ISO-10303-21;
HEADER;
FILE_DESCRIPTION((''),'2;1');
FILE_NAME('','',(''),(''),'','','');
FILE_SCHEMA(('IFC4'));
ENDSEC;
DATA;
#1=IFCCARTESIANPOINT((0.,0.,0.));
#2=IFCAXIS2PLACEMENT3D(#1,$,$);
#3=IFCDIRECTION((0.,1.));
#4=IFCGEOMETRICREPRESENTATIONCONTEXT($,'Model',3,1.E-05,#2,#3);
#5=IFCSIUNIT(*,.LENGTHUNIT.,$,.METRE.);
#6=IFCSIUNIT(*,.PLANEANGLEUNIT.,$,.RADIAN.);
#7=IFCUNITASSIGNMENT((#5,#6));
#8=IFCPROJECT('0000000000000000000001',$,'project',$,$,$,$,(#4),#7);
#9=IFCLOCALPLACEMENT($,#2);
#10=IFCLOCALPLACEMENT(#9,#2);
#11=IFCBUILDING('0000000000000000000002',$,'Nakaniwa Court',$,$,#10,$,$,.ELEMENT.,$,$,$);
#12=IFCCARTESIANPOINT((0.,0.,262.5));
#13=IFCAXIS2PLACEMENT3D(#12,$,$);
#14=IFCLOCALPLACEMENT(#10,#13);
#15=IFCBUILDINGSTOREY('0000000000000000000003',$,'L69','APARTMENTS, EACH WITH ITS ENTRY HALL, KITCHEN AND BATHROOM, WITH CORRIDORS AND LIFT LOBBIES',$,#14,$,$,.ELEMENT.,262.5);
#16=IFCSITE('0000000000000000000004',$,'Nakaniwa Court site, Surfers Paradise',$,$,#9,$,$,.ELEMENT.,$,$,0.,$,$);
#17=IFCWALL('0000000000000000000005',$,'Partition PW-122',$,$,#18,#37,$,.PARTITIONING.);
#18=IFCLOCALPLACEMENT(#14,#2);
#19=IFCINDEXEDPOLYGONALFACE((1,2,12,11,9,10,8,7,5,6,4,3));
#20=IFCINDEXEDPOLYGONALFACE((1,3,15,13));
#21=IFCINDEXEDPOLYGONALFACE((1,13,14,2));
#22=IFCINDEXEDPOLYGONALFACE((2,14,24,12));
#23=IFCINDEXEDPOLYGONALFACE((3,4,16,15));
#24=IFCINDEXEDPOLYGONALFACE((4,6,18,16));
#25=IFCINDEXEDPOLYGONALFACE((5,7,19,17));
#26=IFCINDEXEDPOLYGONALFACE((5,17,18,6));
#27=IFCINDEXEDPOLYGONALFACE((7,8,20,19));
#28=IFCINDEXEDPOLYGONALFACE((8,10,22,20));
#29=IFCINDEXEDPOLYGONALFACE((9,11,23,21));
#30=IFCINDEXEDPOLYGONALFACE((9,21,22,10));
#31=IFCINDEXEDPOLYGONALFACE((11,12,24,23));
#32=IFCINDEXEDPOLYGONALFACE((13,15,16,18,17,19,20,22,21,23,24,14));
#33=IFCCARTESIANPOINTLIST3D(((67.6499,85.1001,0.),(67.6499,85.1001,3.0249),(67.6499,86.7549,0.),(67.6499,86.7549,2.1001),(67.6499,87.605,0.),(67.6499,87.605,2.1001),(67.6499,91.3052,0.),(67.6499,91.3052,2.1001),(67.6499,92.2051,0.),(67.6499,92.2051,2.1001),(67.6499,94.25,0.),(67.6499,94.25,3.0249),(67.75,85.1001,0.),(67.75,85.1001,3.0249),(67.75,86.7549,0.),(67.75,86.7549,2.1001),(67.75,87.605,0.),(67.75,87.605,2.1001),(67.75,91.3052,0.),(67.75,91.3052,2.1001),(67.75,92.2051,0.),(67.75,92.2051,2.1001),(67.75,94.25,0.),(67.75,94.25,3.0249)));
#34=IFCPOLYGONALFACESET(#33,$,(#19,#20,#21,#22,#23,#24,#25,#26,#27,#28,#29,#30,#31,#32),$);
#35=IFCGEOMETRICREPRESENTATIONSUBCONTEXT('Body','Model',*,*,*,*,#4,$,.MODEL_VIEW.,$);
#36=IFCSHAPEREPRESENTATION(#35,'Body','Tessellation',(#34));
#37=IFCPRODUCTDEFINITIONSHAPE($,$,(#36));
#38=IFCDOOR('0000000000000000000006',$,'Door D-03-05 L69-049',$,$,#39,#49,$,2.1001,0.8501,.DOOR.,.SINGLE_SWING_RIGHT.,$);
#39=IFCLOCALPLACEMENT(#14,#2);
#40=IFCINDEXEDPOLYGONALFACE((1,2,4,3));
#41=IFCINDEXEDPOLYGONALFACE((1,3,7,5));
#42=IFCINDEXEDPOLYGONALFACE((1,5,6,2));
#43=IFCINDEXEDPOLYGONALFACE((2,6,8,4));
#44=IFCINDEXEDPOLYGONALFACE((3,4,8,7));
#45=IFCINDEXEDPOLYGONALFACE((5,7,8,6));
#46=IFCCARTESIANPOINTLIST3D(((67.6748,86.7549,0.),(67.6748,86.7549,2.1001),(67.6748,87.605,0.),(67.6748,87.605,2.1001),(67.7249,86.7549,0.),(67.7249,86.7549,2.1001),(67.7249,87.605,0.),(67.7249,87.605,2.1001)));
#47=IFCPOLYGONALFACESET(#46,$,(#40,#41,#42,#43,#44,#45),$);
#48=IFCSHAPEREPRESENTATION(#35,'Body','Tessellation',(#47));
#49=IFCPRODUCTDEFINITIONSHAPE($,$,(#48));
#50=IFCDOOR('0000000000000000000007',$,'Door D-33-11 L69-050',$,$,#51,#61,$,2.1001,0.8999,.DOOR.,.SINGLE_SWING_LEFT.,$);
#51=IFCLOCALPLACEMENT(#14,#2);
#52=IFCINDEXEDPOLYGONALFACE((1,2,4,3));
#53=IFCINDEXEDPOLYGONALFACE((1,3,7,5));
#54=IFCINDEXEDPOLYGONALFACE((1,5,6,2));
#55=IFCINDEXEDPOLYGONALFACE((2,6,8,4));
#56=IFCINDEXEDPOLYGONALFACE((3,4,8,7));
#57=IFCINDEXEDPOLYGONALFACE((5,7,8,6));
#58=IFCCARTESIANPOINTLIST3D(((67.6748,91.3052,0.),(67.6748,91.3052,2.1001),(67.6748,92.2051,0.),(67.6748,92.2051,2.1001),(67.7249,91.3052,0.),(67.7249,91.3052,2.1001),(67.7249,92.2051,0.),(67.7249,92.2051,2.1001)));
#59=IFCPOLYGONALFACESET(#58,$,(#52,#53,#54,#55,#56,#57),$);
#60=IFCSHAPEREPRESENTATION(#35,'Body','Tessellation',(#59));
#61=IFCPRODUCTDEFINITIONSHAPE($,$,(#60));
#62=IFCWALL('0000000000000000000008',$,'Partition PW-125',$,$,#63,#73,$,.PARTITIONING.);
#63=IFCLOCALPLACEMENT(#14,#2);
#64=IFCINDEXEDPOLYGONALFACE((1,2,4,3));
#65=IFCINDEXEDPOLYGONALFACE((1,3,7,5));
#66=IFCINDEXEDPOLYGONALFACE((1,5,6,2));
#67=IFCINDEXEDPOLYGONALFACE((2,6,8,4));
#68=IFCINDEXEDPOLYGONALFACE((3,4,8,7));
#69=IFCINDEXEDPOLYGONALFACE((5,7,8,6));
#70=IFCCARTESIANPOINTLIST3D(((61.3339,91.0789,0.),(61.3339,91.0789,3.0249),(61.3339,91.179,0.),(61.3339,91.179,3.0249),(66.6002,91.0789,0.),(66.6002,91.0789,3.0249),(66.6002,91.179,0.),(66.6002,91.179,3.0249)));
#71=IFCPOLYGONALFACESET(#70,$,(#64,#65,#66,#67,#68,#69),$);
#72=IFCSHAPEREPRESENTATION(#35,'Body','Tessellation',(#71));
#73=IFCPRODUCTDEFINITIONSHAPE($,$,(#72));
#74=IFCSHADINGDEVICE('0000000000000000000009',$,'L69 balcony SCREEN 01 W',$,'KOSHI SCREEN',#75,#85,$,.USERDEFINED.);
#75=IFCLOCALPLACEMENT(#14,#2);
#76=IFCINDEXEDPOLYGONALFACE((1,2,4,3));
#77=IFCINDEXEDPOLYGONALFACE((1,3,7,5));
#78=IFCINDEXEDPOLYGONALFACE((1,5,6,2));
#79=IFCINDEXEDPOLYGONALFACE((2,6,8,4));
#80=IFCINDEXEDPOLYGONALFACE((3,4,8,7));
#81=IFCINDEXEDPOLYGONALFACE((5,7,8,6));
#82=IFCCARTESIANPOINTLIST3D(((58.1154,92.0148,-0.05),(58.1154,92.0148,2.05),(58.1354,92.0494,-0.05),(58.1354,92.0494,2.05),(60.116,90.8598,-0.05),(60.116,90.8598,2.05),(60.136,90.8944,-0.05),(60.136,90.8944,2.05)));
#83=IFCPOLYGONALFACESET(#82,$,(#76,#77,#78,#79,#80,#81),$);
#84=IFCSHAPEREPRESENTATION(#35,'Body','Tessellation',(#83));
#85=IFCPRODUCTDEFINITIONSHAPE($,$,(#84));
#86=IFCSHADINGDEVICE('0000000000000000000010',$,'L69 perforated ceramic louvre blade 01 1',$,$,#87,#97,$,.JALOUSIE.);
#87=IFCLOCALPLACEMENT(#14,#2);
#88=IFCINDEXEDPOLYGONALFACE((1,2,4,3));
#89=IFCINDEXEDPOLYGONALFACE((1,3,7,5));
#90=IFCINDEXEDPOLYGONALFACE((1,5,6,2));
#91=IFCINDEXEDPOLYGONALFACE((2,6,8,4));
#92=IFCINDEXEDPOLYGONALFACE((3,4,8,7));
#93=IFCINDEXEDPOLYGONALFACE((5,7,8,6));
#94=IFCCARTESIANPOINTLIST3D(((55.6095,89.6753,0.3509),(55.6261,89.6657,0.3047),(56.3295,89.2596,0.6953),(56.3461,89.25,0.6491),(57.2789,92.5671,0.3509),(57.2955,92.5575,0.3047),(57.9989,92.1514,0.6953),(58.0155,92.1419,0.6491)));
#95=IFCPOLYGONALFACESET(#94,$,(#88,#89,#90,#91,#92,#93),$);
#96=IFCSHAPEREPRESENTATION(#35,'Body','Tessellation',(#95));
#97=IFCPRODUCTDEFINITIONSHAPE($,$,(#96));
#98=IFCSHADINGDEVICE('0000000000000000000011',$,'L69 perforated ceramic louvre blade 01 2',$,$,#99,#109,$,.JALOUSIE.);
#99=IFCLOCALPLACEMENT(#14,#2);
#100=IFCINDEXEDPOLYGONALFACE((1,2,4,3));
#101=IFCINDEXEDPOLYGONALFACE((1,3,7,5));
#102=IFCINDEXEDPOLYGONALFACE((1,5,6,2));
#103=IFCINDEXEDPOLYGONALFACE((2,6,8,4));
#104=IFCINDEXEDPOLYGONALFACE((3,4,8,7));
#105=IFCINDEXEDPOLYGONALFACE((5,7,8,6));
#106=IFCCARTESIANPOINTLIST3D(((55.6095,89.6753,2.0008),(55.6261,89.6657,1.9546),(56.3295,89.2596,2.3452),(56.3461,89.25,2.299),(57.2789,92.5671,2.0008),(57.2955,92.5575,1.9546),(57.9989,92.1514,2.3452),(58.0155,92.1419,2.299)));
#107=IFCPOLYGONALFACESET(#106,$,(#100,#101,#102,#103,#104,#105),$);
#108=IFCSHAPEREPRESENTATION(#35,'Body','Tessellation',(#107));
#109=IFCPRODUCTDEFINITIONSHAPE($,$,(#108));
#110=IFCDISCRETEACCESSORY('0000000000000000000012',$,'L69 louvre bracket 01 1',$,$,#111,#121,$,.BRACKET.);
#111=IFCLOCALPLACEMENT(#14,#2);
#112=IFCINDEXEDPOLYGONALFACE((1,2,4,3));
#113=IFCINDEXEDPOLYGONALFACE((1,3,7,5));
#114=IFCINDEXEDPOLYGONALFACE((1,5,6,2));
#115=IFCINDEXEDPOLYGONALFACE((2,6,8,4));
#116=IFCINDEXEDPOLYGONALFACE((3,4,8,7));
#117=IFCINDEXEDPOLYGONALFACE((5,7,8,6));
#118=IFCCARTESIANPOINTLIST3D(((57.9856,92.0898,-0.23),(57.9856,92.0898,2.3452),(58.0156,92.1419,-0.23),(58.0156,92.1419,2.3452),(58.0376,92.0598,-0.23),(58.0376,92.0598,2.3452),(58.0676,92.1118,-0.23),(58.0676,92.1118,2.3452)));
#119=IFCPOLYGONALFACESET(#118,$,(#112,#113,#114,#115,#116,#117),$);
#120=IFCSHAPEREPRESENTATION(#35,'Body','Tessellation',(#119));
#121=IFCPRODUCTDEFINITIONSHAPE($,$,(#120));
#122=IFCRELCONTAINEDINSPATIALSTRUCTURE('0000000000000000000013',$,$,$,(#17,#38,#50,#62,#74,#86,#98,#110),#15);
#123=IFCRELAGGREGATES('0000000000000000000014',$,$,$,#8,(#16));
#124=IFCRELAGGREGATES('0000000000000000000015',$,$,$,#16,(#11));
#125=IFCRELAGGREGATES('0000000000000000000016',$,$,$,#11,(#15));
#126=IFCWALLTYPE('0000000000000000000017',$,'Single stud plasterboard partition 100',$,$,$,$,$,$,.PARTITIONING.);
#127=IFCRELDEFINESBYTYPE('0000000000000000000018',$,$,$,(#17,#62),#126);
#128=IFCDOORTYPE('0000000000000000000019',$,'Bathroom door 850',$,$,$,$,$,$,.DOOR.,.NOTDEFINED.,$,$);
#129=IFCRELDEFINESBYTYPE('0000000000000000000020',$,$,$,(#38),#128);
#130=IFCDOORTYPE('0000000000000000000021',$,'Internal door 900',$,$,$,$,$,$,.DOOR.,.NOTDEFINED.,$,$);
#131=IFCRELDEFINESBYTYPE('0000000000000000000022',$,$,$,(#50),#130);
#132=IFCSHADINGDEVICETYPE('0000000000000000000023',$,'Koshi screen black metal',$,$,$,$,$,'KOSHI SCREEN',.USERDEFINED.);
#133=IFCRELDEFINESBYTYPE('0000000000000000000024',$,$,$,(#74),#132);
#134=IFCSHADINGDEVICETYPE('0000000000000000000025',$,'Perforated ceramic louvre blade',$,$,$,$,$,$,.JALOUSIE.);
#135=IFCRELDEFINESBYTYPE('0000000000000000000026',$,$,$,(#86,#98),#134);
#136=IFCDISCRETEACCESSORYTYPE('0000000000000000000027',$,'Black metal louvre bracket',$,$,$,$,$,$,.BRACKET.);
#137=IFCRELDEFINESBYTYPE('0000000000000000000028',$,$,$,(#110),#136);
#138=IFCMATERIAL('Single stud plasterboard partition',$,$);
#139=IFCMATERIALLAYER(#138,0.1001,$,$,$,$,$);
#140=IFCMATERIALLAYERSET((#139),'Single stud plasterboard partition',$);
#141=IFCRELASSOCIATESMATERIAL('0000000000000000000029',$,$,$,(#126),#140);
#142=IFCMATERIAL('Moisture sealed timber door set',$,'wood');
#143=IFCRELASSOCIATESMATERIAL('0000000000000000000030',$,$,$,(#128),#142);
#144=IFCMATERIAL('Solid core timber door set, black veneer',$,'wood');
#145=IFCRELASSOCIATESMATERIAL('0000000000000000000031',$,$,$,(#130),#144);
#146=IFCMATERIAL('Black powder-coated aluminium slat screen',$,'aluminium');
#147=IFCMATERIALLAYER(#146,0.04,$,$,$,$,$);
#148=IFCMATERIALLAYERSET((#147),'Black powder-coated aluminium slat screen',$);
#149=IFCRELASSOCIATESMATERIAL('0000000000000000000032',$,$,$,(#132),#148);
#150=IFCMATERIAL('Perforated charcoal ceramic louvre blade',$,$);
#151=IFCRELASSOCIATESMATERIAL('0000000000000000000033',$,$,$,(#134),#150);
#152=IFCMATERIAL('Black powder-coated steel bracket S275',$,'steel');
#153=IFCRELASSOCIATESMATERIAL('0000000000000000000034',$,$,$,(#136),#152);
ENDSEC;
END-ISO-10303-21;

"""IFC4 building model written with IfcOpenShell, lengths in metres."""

from ifc_helpers import new_model, si_unit, direction, frame, frame_2d, origin, origin_2d, place, context, subcontext, project, spatial, rectangle, extrude, material, layer, layer_set, material_profile, profile_set, type_object, element, fill, save


model = new_model("IFC4")

# Units and contexts
model_context = context("Model", 3, precision=1e-05, world=origin(), true_north=direction((0.0, 1.0)))
body_context = subcontext(model_context, "Body", "Model", "MODEL_VIEW")
ifc_project = project(units=[si_unit("LENGTHUNIT", "METRE"), si_unit("PLANEANGLEUNIT", "RADIAN")], contexts=[model_context])

# Site, building, storey
site_placement = place(None, origin())
site = spatial("IfcSite", under=ifc_project, at=site_placement, Name="Nakaniwa Court site, Surfers Paradise", CompositionType="ELEMENT", RefElevation=0.0)
building_placement = place(site_placement, origin())
building = spatial("IfcBuilding", under=site, at=building_placement, Name="Nakaniwa Court", CompositionType="ELEMENT")
storey_placement = place(building_placement, frame((0.0, 0.0, 262.5)))
storey = spatial("IfcBuildingStorey", under=building, at=storey_placement, Name="L69", Description="APARTMENTS, EACH WITH ITS ENTRY HALL, KITCHEN AND BATHROOM, WITH CORRIDORS AND LIFT LOBBIES", CompositionType="ELEMENT", Elevation=262.5)

# Wall, openings, doors
ifc_material_1 = material(Name="Single stud plasterboard partition")
ifc_layer_1 = layer(ifc_material_1, 0.1001)
ifc_layer_set_1 = layer_set([ifc_layer_1], Name="Single stud plasterboard partition")
wall_type_1 = type_object("IfcWallType", Name="Single stud plasterboard partition 100", PredefinedType="PARTITIONING", material=ifc_layer_set_1)
wall_1_placement = place(storey_placement, frame((67.7, 94.25, 0.0), z_axis=(0.0, 0.0, 1.0), x_axis=(0.0, -1.0, 0.0)))
wall_1 = element("IfcWall", 1, at=wall_1_placement, inside=storey, type_object=wall_type_1, Name="Partition PW-122", PredefinedType="PARTITIONING", context=body_context, shape_type="SweptSolid", body=[
    extrude(rectangle(XDim=9.1499, YDim=0.1001, at=frame_2d((4.575, 0.0))), origin(), (0.0, 0.0, 1.0), 3.0249),
])
opening_1_placement = place(wall_1_placement, frame((6.645, 0.0, 0.0)))
opening_1 = element("IfcOpeningElement", 2, at=opening_1_placement, cuts=wall_1, PredefinedType="OPENING", context=body_context, shape_type="SweptSolid", body=[
    extrude(rectangle(XDim=0.8501, YDim=2.1001, at=frame_2d((0.425, 1.05))), frame((0.0, 0.0601, 0.0), z_axis=(0.0, -1.0, 0.0), x_axis=(1.0, 0.0, 0.0)), (0.0, 0.0, 1.0), 0.1201),
])
opening_2_placement = place(wall_1_placement, frame((2.0449, 0.0, 0.0)))
opening_2 = element("IfcOpeningElement", 3, at=opening_2_placement, cuts=wall_1, PredefinedType="OPENING", context=body_context, shape_type="SweptSolid", body=[
    extrude(rectangle(XDim=0.8999, YDim=2.1001, at=frame_2d((0.45, 1.05))), frame((0.0, 0.0601, 0.0), z_axis=(0.0, -1.0, 0.0), x_axis=(1.0, 0.0, 0.0)), (0.0, 0.0, 1.0), 0.1201),
])
ifc_material_2 = material(Name="Moisture sealed timber door set", Category="wood")
door_type_1 = type_object("IfcDoorType", Name="Bathroom door 850", OperationType="NOTDEFINED", PredefinedType="DOOR", material=ifc_material_2)
door_1_placement = place(opening_1_placement, origin())
door_1 = element("IfcDoor", 4, at=door_1_placement, inside=storey, type_object=door_type_1, Name="Door D-03-05 L69-049", OperationType="SINGLE_SWING_RIGHT", OverallHeight=2.1001, OverallWidth=0.8501, PredefinedType="DOOR", context=body_context, shape_type="SweptSolid", body=[
    extrude(rectangle(XDim=0.8501, YDim=2.1001, at=frame_2d((0.425, 1.05))), frame((0.0, 0.0249, 0.0), z_axis=(0.0, -1.0, 0.0), x_axis=(1.0, 0.0, 0.0)), (0.0, 0.0, 1.0), 0.05),
])
fill(opening_1, door_1)
ifc_material_3 = material(Name="Solid core timber door set, black veneer", Category="wood")
door_type_2 = type_object("IfcDoorType", Name="Internal door 900", OperationType="NOTDEFINED", PredefinedType="DOOR", material=ifc_material_3)
door_2_placement = place(opening_2_placement, origin())
door_2 = element("IfcDoor", 5, at=door_2_placement, inside=storey, type_object=door_type_2, Name="Door D-33-11 L69-050", OperationType="SINGLE_SWING_LEFT", OverallHeight=2.1001, OverallWidth=0.8999, PredefinedType="DOOR", context=body_context, shape_type="SweptSolid", body=[
    extrude(rectangle(XDim=0.8999, YDim=2.1001, at=frame_2d((0.45, 1.05))), frame((0.0, 0.0249, 0.0), z_axis=(0.0, -1.0, 0.0), x_axis=(1.0, 0.0, 0.0)), (0.0, 0.0, 1.0), 0.05),
])
fill(opening_2, door_2)

# Wall
wall_2_placement = place(storey_placement, frame((61.3337, 91.1289, 0.0), z_axis=(0.0, 0.0, 1.0), x_axis=(1.0, 0.0, 0.0)))
element("IfcWall", 6, at=wall_2_placement, inside=storey, type_object=wall_type_1, Name="Partition PW-125", PredefinedType="PARTITIONING", context=body_context, shape_type="SweptSolid", body=[
    extrude(rectangle(XDim=5.2664, YDim=0.1001, at=frame_2d((2.6333, 0.0))), origin(), (0.0, 0.0, 1.0), 3.0249),
])

# Shading devices
ifc_material_4 = material(Name="Black powder-coated aluminium slat screen", Category="aluminium")
ifc_layer_2 = layer(ifc_material_4, 0.04)
ifc_layer_set_2 = layer_set([ifc_layer_2], Name="Black powder-coated aluminium slat screen")
shading_device_type_1 = type_object("IfcShadingDeviceType", Name="Koshi screen black metal", ElementType="KOSHI SCREEN", PredefinedType="USERDEFINED", material=ifc_layer_set_2)
shading_device_placement = place(storey_placement, frame((59.1257, 91.4546, -0.05), z_axis=(0.0, 0.0, 1.0), x_axis=(-0.499986, -0.866033, 0.0)))
element("IfcShadingDevice", 7, at=shading_device_placement, inside=storey, type_object=shading_device_type_1, Name="L69 balcony SCREEN 01 W", ObjectType="KOSHI SCREEN", PredefinedType="USERDEFINED", context=body_context, shape_type="SweptSolid", body=[
    extrude(rectangle(XDim=0.04, YDim=2.3101, at=origin_2d()), origin(), (0.0, 0.0, 1.0), 2.1001),
])
ifc_material_5 = material(Name="Perforated charcoal ceramic louvre blade")
ifc_material_profile_1 = material_profile(ifc_material_5, rectangle(XDim=0.8999, YDim=0.05, at=origin_2d()), Name="Perforated ceramic louvre blade")
ifc_profile_set_1 = profile_set([ifc_material_profile_1], Name="Perforated charcoal ceramic louvre blade")
shading_device_type_2 = type_object("IfcShadingDeviceType", Name="Perforated ceramic louvre blade", PredefinedType="JALOUSIE", material=ifc_profile_set_1)
for number, where, z_axis, x_axis, name in (
    (8, (57.6472, 92.3545, 0.5), (-0.499961, -0.866048, 0.0), (0.800124, -0.461904, 0.382683), "L69 perforated ceramic louvre blade 01 1"),
    (9, (57.6472, 92.3545, 2.1499), (-0.499961, -0.866048, 0.0), (0.800124, -0.461904, 0.382683), "L69 perforated ceramic louvre blade 01 2"),
):
    element("IfcShadingDevice", number, at=place(storey_placement, frame(where, z_axis=z_axis, x_axis=x_axis)), inside=storey, type_object=shading_device_type_2, Name=name, PredefinedType="JALOUSIE", context=body_context, shape_type="SweptSolid", body=[
        extrude(rectangle(XDim=0.8999, YDim=0.05, at=origin_2d()), origin(), (0.0, 0.0, 1.0), 3.3391),
    ])

# Discrete accessory
ifc_material_6 = material(Name="Black powder-coated steel bracket S275", Category="steel")
discrete_accessory_type = type_object("IfcDiscreteAccessoryType", Name="Black metal louvre bracket", PredefinedType="BRACKET", material=ifc_material_6)
discrete_accessory_placement = place(storey_placement, frame((58.0266, 92.1008, -0.23), z_axis=(0.0, 0.0, 1.0), x_axis=(-0.499986, -0.866033, 0.0)))
element("IfcDiscreteAccessory", 10, at=discrete_accessory_placement, inside=storey, type_object=discrete_accessory_type, Name="L69 louvre bracket 01 1", PredefinedType="BRACKET", context=body_context, shape_type="SweptSolid", body=[
    extrude(rectangle(XDim=0.0601, YDim=0.0601, at=origin_2d()), origin(), (0.0, 0.0, 1.0), 2.5752),
])

save(model, "model.ifc")
